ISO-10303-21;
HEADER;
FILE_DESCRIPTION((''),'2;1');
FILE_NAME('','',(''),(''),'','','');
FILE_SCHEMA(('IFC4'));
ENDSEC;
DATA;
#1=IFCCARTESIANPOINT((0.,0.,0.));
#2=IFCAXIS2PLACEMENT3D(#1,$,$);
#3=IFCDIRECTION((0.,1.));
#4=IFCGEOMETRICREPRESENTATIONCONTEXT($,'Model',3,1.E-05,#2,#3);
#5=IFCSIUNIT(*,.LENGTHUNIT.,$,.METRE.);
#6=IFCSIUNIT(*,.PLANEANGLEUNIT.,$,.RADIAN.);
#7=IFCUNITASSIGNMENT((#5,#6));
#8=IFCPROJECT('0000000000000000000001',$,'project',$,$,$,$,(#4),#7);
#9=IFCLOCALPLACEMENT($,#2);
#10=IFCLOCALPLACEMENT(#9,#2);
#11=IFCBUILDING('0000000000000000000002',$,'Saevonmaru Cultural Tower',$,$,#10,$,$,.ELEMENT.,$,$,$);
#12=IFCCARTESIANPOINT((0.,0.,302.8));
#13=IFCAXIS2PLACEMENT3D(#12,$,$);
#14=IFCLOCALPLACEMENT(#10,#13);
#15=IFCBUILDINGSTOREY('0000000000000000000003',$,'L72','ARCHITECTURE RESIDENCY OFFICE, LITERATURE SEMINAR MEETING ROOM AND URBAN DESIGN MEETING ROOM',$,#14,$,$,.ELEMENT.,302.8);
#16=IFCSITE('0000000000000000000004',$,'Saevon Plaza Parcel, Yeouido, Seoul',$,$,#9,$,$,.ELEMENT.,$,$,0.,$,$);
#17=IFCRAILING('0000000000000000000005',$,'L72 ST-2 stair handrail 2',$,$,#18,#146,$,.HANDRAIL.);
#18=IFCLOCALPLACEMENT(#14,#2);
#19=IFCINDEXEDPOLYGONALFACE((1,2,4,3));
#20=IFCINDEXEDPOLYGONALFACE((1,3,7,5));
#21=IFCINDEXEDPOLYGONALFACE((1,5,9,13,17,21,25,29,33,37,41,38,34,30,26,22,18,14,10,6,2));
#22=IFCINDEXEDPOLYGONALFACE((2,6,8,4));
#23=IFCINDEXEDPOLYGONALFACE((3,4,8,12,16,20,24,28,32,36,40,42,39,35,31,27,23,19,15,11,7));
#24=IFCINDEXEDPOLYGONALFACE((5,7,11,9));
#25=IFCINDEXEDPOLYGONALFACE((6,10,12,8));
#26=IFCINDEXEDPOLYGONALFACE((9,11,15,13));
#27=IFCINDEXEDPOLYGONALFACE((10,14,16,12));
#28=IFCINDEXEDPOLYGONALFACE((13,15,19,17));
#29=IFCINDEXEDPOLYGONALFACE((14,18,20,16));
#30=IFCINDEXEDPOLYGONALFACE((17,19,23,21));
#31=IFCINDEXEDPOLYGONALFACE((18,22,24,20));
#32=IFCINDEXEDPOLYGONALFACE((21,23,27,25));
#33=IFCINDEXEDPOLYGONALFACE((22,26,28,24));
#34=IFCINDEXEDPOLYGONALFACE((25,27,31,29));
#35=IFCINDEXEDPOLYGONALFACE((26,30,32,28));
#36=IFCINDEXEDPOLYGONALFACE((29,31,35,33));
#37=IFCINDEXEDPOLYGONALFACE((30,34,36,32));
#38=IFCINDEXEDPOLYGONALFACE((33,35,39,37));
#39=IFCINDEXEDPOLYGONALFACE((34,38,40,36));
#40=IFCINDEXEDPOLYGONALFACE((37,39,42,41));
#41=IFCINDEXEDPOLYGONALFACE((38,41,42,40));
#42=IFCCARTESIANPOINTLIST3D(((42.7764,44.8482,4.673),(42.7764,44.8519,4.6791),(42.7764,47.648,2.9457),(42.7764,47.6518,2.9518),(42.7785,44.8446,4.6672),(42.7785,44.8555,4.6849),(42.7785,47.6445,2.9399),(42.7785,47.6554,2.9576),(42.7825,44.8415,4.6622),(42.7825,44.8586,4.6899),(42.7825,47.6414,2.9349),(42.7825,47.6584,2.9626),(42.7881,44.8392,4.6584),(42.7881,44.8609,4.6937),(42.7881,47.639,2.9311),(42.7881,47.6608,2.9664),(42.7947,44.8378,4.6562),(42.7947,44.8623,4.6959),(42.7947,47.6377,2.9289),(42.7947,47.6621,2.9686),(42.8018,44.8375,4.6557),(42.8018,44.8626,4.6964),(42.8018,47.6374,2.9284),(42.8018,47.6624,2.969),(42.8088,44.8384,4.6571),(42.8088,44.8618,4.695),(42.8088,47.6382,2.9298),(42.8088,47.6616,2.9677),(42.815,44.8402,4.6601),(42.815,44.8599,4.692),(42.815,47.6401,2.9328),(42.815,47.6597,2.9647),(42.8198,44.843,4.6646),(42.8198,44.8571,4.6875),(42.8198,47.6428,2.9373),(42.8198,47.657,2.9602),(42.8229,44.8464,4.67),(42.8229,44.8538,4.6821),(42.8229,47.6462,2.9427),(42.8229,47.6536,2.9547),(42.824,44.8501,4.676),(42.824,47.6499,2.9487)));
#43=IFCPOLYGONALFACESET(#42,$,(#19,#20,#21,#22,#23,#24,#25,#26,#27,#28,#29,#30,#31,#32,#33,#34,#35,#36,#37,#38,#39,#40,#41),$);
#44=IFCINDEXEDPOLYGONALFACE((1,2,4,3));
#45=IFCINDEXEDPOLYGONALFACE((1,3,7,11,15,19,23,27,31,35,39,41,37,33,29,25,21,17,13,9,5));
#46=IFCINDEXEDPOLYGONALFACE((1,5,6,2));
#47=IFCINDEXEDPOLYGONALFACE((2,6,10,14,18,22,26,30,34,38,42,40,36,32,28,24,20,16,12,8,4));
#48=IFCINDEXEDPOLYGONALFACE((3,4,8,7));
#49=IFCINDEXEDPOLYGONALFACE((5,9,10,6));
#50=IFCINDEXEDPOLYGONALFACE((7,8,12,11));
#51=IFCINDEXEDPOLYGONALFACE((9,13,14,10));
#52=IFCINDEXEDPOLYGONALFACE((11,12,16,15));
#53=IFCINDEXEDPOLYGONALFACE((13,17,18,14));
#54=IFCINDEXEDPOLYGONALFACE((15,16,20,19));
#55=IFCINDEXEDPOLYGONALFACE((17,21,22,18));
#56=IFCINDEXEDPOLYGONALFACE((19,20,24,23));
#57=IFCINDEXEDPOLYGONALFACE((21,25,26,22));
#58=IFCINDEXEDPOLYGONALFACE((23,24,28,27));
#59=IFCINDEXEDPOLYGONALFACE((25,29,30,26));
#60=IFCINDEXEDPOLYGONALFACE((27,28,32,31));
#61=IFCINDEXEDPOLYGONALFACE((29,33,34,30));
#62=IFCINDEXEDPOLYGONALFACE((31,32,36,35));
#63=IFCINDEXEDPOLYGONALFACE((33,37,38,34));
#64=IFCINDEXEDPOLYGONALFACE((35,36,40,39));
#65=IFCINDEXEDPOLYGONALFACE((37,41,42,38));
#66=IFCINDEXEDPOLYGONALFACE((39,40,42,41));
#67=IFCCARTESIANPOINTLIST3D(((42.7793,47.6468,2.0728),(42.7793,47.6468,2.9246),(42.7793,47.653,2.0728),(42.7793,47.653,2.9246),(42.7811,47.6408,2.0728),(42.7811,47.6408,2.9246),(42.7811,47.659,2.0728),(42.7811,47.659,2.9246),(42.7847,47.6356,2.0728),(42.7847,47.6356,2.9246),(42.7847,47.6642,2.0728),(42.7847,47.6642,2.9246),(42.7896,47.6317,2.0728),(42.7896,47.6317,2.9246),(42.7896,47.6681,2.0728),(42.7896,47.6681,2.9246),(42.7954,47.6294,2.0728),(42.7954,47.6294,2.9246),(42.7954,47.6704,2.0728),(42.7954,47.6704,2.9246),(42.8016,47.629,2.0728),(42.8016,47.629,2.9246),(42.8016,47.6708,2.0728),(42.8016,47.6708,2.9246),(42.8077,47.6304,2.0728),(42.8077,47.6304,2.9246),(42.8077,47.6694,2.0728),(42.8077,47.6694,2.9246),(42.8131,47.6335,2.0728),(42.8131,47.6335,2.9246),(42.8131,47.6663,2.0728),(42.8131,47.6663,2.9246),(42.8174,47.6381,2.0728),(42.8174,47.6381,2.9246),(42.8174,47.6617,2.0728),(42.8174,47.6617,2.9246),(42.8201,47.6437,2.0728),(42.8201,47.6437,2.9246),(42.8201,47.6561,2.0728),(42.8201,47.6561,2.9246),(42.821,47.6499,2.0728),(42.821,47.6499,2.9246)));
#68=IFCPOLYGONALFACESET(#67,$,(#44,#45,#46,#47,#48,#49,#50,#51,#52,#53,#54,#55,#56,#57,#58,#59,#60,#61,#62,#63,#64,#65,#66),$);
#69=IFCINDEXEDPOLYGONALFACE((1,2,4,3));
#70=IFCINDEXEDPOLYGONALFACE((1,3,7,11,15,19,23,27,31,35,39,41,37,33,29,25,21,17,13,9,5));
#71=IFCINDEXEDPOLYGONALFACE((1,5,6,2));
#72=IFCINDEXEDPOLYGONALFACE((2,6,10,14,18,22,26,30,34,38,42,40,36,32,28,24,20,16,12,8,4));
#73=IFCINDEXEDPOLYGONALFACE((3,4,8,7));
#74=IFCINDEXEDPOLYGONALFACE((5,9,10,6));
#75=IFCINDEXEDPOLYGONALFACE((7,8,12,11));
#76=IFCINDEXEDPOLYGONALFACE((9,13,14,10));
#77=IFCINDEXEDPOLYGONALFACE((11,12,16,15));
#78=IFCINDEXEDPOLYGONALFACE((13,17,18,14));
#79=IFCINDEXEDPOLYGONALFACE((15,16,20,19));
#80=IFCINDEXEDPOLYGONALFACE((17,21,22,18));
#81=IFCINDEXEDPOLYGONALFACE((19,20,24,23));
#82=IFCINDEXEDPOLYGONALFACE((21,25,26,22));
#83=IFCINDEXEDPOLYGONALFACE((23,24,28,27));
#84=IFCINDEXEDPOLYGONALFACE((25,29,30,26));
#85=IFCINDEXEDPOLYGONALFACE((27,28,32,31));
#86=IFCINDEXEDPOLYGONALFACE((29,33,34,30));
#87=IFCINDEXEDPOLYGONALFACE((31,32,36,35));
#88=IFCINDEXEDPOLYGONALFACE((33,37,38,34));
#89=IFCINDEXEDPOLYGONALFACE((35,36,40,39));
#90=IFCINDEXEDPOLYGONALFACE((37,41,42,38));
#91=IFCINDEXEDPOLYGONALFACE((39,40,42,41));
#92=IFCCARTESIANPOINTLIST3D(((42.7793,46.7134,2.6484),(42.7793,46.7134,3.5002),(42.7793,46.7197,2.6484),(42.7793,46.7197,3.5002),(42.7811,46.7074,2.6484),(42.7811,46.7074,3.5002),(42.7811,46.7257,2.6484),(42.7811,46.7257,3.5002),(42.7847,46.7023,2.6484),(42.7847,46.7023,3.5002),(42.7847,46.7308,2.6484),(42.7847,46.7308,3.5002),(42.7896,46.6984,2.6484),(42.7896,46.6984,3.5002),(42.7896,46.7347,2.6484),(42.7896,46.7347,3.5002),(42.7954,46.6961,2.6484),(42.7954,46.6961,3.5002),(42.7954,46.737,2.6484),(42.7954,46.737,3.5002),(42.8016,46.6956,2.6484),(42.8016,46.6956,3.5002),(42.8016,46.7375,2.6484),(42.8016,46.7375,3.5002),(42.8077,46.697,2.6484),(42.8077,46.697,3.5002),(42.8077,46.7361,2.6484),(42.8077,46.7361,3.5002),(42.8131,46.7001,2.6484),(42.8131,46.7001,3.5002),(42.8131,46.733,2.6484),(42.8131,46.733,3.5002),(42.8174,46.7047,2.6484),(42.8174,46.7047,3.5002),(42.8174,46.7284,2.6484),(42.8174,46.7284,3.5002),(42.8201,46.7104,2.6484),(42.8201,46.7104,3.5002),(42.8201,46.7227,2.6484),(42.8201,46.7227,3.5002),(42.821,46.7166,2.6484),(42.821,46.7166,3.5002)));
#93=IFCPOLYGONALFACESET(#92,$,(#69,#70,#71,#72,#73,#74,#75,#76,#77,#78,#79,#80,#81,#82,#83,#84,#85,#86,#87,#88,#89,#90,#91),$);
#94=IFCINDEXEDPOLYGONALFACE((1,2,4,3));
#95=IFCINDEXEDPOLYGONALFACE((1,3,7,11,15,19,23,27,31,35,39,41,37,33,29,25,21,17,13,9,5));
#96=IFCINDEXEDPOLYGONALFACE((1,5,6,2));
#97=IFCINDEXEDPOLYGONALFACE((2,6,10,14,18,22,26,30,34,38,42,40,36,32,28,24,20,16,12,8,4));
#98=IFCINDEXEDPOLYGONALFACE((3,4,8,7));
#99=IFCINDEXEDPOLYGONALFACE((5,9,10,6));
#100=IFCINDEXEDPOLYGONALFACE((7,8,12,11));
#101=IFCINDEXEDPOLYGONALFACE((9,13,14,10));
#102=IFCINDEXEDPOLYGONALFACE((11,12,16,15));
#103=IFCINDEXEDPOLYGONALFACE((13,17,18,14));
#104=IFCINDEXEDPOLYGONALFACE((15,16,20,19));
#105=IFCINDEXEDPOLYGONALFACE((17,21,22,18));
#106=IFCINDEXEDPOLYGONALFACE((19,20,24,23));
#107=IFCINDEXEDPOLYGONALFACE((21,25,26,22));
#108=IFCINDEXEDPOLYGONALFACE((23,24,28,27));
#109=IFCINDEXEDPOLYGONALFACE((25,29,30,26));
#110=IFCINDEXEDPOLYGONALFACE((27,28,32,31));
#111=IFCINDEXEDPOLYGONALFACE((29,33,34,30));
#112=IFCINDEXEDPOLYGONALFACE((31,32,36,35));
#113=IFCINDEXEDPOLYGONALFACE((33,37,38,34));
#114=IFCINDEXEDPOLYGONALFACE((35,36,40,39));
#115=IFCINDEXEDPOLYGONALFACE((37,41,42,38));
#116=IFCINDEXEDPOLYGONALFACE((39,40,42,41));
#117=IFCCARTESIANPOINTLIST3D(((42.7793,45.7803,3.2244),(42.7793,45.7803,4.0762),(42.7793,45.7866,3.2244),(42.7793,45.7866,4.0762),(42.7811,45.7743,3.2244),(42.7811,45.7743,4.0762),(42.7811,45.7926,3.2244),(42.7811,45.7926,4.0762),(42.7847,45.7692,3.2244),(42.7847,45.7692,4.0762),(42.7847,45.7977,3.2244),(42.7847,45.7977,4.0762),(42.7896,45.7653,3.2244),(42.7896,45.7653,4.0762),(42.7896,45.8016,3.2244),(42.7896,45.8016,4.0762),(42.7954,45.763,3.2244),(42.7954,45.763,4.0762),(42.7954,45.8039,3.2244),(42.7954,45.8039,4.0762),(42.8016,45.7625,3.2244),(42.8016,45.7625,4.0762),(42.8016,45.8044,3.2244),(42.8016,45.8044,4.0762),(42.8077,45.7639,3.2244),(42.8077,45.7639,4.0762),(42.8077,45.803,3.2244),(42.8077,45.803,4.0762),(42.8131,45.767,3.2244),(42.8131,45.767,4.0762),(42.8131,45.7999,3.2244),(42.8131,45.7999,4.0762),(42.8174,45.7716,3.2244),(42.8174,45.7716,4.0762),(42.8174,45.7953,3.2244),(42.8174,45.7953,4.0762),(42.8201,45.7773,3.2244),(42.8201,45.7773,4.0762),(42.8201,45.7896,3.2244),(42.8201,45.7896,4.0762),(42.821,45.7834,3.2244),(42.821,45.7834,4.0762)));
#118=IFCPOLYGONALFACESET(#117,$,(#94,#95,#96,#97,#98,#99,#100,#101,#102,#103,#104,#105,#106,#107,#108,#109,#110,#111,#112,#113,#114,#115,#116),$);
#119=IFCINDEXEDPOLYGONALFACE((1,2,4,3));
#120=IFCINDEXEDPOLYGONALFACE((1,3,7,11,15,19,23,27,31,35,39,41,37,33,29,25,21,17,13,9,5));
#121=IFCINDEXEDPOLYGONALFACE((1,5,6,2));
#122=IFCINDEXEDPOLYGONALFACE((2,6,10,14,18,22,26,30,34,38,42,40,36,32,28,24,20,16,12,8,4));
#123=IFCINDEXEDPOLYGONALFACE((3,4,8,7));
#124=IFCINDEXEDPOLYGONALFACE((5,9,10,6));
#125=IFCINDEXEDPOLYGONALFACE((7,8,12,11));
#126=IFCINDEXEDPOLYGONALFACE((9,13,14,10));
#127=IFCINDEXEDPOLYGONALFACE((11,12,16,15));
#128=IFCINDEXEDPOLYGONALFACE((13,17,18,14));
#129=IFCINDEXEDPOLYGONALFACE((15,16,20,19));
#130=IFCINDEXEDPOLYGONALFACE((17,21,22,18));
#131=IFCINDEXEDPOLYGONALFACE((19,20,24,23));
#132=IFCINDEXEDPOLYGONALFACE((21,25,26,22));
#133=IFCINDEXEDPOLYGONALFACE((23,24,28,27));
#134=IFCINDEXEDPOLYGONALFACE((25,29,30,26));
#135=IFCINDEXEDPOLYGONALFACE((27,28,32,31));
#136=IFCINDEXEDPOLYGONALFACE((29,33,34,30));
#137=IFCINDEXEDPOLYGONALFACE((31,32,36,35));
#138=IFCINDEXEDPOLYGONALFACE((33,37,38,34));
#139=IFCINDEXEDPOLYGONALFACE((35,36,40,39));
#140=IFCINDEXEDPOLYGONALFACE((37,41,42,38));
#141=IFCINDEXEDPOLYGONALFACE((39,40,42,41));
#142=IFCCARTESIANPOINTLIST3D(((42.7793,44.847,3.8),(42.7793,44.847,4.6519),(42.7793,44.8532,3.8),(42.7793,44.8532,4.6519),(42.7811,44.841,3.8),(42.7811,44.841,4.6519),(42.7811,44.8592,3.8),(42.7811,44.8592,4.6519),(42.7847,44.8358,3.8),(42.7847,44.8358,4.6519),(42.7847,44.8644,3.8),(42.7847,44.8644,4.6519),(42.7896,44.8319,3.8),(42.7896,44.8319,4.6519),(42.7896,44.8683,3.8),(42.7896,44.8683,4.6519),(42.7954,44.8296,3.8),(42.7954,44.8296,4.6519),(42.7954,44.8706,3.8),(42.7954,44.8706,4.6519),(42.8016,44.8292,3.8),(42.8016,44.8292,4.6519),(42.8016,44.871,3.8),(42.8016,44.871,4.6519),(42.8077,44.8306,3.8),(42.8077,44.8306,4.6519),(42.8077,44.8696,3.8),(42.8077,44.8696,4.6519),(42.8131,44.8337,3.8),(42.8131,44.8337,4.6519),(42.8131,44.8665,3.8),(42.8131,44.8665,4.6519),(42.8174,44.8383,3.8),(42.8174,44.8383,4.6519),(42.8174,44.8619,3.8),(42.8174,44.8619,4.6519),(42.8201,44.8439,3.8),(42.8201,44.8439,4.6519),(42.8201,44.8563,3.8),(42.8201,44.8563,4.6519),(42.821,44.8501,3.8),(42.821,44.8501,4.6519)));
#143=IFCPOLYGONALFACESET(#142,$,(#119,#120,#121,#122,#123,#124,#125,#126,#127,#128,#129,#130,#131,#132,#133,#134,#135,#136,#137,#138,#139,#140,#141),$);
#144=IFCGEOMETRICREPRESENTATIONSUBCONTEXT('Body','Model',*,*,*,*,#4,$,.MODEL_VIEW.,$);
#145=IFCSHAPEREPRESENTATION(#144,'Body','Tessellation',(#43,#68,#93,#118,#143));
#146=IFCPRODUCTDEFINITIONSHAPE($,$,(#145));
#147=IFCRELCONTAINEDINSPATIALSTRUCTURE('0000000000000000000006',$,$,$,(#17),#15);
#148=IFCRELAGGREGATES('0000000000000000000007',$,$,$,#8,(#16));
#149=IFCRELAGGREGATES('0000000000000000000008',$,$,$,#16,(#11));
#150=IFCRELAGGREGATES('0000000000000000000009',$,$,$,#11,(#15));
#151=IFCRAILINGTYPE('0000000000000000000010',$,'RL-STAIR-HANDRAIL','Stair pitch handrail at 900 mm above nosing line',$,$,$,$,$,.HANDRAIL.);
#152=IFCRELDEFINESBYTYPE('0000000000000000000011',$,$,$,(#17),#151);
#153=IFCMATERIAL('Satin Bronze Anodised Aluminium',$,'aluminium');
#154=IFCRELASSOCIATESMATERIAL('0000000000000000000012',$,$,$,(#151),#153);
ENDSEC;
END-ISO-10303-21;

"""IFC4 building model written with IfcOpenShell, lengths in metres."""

from ifc_helpers import new_model, si_unit, direction, frame, origin, origin_2d, place, context, subcontext, project, spatial, circle, extrude, material, type_object, element, save


model = new_model("IFC4")

# Units and contexts
model_context = context("Model", 3, precision=1e-05, world=origin(), true_north=direction((0.0, 1.0)))
body_context = subcontext(model_context, "Body", "Model", "MODEL_VIEW")
ifc_project = project(units=[si_unit("LENGTHUNIT", "METRE"), si_unit("PLANEANGLEUNIT", "RADIAN")], contexts=[model_context])

# Site, building, storey
site_placement = place(None, origin())
site = spatial("IfcSite", under=ifc_project, at=site_placement, Name="Saevon Plaza Parcel, Yeouido, Seoul", CompositionType="ELEMENT", RefElevation=0.0)
building_placement = place(site_placement, origin())
building = spatial("IfcBuilding", under=site, at=building_placement, Name="Saevonmaru Cultural Tower", CompositionType="ELEMENT")
storey_placement = place(building_placement, frame((0.0, 0.0, 302.8)))
storey = spatial("IfcBuildingStorey", under=building, at=storey_placement, Name="L72", Description="ARCHITECTURE RESIDENCY OFFICE, LITERATURE SEMINAR MEETING ROOM AND URBAN DESIGN MEETING ROOM", CompositionType="ELEMENT", Elevation=302.8)

# Shared definitions
ifc_material_1 = material(Name="Satin Bronze Anodised Aluminium", Category="aluminium")

# Railing
railing_type_1 = type_object("IfcRailingType", Name="RL-STAIR-HANDRAIL", Description="Stair pitch handrail at 900 mm above nosing line", PredefinedType="HANDRAIL", material=ifc_material_1)
railing_1_placement = place(storey_placement, frame((42.8, 47.6499, 2.0728)))
element("IfcRailing", 1, at=railing_1_placement, inside=storey, type_object=railing_type_1, Name="L72 ST-2 stair handrail 2", PredefinedType="HANDRAIL", context=body_context, shape_type="SweptSolid", body=[
    extrude(circle(Radius=0.0239, at=origin_2d()), frame((0.0, 0.0, 0.876), z_axis=(0.0, -0.851069, 0.525054), x_axis=(1.0, 0.0, 0.0)), (0.0, 0.0, 1.0), 3.2898),
    extrude(circle(Radius=0.021, at=origin_2d()), origin(), (0.0, 0.0, 1.0), 0.8518),
    extrude(circle(Radius=0.021, at=origin_2d()), frame((0.0, -0.9333, 0.5757)), (0.0, 0.0, 1.0), 0.8518),
    extrude(circle(Radius=0.021, at=origin_2d()), frame((0.0, -1.8665, 1.1516)), (0.0, 0.0, 1.0), 0.8518),
    extrude(circle(Radius=0.021, at=origin_2d()), frame((0.0, -2.7998, 1.7273)), (0.0, 0.0, 1.0), 0.8518),
])

save(model, "model.ifc")
